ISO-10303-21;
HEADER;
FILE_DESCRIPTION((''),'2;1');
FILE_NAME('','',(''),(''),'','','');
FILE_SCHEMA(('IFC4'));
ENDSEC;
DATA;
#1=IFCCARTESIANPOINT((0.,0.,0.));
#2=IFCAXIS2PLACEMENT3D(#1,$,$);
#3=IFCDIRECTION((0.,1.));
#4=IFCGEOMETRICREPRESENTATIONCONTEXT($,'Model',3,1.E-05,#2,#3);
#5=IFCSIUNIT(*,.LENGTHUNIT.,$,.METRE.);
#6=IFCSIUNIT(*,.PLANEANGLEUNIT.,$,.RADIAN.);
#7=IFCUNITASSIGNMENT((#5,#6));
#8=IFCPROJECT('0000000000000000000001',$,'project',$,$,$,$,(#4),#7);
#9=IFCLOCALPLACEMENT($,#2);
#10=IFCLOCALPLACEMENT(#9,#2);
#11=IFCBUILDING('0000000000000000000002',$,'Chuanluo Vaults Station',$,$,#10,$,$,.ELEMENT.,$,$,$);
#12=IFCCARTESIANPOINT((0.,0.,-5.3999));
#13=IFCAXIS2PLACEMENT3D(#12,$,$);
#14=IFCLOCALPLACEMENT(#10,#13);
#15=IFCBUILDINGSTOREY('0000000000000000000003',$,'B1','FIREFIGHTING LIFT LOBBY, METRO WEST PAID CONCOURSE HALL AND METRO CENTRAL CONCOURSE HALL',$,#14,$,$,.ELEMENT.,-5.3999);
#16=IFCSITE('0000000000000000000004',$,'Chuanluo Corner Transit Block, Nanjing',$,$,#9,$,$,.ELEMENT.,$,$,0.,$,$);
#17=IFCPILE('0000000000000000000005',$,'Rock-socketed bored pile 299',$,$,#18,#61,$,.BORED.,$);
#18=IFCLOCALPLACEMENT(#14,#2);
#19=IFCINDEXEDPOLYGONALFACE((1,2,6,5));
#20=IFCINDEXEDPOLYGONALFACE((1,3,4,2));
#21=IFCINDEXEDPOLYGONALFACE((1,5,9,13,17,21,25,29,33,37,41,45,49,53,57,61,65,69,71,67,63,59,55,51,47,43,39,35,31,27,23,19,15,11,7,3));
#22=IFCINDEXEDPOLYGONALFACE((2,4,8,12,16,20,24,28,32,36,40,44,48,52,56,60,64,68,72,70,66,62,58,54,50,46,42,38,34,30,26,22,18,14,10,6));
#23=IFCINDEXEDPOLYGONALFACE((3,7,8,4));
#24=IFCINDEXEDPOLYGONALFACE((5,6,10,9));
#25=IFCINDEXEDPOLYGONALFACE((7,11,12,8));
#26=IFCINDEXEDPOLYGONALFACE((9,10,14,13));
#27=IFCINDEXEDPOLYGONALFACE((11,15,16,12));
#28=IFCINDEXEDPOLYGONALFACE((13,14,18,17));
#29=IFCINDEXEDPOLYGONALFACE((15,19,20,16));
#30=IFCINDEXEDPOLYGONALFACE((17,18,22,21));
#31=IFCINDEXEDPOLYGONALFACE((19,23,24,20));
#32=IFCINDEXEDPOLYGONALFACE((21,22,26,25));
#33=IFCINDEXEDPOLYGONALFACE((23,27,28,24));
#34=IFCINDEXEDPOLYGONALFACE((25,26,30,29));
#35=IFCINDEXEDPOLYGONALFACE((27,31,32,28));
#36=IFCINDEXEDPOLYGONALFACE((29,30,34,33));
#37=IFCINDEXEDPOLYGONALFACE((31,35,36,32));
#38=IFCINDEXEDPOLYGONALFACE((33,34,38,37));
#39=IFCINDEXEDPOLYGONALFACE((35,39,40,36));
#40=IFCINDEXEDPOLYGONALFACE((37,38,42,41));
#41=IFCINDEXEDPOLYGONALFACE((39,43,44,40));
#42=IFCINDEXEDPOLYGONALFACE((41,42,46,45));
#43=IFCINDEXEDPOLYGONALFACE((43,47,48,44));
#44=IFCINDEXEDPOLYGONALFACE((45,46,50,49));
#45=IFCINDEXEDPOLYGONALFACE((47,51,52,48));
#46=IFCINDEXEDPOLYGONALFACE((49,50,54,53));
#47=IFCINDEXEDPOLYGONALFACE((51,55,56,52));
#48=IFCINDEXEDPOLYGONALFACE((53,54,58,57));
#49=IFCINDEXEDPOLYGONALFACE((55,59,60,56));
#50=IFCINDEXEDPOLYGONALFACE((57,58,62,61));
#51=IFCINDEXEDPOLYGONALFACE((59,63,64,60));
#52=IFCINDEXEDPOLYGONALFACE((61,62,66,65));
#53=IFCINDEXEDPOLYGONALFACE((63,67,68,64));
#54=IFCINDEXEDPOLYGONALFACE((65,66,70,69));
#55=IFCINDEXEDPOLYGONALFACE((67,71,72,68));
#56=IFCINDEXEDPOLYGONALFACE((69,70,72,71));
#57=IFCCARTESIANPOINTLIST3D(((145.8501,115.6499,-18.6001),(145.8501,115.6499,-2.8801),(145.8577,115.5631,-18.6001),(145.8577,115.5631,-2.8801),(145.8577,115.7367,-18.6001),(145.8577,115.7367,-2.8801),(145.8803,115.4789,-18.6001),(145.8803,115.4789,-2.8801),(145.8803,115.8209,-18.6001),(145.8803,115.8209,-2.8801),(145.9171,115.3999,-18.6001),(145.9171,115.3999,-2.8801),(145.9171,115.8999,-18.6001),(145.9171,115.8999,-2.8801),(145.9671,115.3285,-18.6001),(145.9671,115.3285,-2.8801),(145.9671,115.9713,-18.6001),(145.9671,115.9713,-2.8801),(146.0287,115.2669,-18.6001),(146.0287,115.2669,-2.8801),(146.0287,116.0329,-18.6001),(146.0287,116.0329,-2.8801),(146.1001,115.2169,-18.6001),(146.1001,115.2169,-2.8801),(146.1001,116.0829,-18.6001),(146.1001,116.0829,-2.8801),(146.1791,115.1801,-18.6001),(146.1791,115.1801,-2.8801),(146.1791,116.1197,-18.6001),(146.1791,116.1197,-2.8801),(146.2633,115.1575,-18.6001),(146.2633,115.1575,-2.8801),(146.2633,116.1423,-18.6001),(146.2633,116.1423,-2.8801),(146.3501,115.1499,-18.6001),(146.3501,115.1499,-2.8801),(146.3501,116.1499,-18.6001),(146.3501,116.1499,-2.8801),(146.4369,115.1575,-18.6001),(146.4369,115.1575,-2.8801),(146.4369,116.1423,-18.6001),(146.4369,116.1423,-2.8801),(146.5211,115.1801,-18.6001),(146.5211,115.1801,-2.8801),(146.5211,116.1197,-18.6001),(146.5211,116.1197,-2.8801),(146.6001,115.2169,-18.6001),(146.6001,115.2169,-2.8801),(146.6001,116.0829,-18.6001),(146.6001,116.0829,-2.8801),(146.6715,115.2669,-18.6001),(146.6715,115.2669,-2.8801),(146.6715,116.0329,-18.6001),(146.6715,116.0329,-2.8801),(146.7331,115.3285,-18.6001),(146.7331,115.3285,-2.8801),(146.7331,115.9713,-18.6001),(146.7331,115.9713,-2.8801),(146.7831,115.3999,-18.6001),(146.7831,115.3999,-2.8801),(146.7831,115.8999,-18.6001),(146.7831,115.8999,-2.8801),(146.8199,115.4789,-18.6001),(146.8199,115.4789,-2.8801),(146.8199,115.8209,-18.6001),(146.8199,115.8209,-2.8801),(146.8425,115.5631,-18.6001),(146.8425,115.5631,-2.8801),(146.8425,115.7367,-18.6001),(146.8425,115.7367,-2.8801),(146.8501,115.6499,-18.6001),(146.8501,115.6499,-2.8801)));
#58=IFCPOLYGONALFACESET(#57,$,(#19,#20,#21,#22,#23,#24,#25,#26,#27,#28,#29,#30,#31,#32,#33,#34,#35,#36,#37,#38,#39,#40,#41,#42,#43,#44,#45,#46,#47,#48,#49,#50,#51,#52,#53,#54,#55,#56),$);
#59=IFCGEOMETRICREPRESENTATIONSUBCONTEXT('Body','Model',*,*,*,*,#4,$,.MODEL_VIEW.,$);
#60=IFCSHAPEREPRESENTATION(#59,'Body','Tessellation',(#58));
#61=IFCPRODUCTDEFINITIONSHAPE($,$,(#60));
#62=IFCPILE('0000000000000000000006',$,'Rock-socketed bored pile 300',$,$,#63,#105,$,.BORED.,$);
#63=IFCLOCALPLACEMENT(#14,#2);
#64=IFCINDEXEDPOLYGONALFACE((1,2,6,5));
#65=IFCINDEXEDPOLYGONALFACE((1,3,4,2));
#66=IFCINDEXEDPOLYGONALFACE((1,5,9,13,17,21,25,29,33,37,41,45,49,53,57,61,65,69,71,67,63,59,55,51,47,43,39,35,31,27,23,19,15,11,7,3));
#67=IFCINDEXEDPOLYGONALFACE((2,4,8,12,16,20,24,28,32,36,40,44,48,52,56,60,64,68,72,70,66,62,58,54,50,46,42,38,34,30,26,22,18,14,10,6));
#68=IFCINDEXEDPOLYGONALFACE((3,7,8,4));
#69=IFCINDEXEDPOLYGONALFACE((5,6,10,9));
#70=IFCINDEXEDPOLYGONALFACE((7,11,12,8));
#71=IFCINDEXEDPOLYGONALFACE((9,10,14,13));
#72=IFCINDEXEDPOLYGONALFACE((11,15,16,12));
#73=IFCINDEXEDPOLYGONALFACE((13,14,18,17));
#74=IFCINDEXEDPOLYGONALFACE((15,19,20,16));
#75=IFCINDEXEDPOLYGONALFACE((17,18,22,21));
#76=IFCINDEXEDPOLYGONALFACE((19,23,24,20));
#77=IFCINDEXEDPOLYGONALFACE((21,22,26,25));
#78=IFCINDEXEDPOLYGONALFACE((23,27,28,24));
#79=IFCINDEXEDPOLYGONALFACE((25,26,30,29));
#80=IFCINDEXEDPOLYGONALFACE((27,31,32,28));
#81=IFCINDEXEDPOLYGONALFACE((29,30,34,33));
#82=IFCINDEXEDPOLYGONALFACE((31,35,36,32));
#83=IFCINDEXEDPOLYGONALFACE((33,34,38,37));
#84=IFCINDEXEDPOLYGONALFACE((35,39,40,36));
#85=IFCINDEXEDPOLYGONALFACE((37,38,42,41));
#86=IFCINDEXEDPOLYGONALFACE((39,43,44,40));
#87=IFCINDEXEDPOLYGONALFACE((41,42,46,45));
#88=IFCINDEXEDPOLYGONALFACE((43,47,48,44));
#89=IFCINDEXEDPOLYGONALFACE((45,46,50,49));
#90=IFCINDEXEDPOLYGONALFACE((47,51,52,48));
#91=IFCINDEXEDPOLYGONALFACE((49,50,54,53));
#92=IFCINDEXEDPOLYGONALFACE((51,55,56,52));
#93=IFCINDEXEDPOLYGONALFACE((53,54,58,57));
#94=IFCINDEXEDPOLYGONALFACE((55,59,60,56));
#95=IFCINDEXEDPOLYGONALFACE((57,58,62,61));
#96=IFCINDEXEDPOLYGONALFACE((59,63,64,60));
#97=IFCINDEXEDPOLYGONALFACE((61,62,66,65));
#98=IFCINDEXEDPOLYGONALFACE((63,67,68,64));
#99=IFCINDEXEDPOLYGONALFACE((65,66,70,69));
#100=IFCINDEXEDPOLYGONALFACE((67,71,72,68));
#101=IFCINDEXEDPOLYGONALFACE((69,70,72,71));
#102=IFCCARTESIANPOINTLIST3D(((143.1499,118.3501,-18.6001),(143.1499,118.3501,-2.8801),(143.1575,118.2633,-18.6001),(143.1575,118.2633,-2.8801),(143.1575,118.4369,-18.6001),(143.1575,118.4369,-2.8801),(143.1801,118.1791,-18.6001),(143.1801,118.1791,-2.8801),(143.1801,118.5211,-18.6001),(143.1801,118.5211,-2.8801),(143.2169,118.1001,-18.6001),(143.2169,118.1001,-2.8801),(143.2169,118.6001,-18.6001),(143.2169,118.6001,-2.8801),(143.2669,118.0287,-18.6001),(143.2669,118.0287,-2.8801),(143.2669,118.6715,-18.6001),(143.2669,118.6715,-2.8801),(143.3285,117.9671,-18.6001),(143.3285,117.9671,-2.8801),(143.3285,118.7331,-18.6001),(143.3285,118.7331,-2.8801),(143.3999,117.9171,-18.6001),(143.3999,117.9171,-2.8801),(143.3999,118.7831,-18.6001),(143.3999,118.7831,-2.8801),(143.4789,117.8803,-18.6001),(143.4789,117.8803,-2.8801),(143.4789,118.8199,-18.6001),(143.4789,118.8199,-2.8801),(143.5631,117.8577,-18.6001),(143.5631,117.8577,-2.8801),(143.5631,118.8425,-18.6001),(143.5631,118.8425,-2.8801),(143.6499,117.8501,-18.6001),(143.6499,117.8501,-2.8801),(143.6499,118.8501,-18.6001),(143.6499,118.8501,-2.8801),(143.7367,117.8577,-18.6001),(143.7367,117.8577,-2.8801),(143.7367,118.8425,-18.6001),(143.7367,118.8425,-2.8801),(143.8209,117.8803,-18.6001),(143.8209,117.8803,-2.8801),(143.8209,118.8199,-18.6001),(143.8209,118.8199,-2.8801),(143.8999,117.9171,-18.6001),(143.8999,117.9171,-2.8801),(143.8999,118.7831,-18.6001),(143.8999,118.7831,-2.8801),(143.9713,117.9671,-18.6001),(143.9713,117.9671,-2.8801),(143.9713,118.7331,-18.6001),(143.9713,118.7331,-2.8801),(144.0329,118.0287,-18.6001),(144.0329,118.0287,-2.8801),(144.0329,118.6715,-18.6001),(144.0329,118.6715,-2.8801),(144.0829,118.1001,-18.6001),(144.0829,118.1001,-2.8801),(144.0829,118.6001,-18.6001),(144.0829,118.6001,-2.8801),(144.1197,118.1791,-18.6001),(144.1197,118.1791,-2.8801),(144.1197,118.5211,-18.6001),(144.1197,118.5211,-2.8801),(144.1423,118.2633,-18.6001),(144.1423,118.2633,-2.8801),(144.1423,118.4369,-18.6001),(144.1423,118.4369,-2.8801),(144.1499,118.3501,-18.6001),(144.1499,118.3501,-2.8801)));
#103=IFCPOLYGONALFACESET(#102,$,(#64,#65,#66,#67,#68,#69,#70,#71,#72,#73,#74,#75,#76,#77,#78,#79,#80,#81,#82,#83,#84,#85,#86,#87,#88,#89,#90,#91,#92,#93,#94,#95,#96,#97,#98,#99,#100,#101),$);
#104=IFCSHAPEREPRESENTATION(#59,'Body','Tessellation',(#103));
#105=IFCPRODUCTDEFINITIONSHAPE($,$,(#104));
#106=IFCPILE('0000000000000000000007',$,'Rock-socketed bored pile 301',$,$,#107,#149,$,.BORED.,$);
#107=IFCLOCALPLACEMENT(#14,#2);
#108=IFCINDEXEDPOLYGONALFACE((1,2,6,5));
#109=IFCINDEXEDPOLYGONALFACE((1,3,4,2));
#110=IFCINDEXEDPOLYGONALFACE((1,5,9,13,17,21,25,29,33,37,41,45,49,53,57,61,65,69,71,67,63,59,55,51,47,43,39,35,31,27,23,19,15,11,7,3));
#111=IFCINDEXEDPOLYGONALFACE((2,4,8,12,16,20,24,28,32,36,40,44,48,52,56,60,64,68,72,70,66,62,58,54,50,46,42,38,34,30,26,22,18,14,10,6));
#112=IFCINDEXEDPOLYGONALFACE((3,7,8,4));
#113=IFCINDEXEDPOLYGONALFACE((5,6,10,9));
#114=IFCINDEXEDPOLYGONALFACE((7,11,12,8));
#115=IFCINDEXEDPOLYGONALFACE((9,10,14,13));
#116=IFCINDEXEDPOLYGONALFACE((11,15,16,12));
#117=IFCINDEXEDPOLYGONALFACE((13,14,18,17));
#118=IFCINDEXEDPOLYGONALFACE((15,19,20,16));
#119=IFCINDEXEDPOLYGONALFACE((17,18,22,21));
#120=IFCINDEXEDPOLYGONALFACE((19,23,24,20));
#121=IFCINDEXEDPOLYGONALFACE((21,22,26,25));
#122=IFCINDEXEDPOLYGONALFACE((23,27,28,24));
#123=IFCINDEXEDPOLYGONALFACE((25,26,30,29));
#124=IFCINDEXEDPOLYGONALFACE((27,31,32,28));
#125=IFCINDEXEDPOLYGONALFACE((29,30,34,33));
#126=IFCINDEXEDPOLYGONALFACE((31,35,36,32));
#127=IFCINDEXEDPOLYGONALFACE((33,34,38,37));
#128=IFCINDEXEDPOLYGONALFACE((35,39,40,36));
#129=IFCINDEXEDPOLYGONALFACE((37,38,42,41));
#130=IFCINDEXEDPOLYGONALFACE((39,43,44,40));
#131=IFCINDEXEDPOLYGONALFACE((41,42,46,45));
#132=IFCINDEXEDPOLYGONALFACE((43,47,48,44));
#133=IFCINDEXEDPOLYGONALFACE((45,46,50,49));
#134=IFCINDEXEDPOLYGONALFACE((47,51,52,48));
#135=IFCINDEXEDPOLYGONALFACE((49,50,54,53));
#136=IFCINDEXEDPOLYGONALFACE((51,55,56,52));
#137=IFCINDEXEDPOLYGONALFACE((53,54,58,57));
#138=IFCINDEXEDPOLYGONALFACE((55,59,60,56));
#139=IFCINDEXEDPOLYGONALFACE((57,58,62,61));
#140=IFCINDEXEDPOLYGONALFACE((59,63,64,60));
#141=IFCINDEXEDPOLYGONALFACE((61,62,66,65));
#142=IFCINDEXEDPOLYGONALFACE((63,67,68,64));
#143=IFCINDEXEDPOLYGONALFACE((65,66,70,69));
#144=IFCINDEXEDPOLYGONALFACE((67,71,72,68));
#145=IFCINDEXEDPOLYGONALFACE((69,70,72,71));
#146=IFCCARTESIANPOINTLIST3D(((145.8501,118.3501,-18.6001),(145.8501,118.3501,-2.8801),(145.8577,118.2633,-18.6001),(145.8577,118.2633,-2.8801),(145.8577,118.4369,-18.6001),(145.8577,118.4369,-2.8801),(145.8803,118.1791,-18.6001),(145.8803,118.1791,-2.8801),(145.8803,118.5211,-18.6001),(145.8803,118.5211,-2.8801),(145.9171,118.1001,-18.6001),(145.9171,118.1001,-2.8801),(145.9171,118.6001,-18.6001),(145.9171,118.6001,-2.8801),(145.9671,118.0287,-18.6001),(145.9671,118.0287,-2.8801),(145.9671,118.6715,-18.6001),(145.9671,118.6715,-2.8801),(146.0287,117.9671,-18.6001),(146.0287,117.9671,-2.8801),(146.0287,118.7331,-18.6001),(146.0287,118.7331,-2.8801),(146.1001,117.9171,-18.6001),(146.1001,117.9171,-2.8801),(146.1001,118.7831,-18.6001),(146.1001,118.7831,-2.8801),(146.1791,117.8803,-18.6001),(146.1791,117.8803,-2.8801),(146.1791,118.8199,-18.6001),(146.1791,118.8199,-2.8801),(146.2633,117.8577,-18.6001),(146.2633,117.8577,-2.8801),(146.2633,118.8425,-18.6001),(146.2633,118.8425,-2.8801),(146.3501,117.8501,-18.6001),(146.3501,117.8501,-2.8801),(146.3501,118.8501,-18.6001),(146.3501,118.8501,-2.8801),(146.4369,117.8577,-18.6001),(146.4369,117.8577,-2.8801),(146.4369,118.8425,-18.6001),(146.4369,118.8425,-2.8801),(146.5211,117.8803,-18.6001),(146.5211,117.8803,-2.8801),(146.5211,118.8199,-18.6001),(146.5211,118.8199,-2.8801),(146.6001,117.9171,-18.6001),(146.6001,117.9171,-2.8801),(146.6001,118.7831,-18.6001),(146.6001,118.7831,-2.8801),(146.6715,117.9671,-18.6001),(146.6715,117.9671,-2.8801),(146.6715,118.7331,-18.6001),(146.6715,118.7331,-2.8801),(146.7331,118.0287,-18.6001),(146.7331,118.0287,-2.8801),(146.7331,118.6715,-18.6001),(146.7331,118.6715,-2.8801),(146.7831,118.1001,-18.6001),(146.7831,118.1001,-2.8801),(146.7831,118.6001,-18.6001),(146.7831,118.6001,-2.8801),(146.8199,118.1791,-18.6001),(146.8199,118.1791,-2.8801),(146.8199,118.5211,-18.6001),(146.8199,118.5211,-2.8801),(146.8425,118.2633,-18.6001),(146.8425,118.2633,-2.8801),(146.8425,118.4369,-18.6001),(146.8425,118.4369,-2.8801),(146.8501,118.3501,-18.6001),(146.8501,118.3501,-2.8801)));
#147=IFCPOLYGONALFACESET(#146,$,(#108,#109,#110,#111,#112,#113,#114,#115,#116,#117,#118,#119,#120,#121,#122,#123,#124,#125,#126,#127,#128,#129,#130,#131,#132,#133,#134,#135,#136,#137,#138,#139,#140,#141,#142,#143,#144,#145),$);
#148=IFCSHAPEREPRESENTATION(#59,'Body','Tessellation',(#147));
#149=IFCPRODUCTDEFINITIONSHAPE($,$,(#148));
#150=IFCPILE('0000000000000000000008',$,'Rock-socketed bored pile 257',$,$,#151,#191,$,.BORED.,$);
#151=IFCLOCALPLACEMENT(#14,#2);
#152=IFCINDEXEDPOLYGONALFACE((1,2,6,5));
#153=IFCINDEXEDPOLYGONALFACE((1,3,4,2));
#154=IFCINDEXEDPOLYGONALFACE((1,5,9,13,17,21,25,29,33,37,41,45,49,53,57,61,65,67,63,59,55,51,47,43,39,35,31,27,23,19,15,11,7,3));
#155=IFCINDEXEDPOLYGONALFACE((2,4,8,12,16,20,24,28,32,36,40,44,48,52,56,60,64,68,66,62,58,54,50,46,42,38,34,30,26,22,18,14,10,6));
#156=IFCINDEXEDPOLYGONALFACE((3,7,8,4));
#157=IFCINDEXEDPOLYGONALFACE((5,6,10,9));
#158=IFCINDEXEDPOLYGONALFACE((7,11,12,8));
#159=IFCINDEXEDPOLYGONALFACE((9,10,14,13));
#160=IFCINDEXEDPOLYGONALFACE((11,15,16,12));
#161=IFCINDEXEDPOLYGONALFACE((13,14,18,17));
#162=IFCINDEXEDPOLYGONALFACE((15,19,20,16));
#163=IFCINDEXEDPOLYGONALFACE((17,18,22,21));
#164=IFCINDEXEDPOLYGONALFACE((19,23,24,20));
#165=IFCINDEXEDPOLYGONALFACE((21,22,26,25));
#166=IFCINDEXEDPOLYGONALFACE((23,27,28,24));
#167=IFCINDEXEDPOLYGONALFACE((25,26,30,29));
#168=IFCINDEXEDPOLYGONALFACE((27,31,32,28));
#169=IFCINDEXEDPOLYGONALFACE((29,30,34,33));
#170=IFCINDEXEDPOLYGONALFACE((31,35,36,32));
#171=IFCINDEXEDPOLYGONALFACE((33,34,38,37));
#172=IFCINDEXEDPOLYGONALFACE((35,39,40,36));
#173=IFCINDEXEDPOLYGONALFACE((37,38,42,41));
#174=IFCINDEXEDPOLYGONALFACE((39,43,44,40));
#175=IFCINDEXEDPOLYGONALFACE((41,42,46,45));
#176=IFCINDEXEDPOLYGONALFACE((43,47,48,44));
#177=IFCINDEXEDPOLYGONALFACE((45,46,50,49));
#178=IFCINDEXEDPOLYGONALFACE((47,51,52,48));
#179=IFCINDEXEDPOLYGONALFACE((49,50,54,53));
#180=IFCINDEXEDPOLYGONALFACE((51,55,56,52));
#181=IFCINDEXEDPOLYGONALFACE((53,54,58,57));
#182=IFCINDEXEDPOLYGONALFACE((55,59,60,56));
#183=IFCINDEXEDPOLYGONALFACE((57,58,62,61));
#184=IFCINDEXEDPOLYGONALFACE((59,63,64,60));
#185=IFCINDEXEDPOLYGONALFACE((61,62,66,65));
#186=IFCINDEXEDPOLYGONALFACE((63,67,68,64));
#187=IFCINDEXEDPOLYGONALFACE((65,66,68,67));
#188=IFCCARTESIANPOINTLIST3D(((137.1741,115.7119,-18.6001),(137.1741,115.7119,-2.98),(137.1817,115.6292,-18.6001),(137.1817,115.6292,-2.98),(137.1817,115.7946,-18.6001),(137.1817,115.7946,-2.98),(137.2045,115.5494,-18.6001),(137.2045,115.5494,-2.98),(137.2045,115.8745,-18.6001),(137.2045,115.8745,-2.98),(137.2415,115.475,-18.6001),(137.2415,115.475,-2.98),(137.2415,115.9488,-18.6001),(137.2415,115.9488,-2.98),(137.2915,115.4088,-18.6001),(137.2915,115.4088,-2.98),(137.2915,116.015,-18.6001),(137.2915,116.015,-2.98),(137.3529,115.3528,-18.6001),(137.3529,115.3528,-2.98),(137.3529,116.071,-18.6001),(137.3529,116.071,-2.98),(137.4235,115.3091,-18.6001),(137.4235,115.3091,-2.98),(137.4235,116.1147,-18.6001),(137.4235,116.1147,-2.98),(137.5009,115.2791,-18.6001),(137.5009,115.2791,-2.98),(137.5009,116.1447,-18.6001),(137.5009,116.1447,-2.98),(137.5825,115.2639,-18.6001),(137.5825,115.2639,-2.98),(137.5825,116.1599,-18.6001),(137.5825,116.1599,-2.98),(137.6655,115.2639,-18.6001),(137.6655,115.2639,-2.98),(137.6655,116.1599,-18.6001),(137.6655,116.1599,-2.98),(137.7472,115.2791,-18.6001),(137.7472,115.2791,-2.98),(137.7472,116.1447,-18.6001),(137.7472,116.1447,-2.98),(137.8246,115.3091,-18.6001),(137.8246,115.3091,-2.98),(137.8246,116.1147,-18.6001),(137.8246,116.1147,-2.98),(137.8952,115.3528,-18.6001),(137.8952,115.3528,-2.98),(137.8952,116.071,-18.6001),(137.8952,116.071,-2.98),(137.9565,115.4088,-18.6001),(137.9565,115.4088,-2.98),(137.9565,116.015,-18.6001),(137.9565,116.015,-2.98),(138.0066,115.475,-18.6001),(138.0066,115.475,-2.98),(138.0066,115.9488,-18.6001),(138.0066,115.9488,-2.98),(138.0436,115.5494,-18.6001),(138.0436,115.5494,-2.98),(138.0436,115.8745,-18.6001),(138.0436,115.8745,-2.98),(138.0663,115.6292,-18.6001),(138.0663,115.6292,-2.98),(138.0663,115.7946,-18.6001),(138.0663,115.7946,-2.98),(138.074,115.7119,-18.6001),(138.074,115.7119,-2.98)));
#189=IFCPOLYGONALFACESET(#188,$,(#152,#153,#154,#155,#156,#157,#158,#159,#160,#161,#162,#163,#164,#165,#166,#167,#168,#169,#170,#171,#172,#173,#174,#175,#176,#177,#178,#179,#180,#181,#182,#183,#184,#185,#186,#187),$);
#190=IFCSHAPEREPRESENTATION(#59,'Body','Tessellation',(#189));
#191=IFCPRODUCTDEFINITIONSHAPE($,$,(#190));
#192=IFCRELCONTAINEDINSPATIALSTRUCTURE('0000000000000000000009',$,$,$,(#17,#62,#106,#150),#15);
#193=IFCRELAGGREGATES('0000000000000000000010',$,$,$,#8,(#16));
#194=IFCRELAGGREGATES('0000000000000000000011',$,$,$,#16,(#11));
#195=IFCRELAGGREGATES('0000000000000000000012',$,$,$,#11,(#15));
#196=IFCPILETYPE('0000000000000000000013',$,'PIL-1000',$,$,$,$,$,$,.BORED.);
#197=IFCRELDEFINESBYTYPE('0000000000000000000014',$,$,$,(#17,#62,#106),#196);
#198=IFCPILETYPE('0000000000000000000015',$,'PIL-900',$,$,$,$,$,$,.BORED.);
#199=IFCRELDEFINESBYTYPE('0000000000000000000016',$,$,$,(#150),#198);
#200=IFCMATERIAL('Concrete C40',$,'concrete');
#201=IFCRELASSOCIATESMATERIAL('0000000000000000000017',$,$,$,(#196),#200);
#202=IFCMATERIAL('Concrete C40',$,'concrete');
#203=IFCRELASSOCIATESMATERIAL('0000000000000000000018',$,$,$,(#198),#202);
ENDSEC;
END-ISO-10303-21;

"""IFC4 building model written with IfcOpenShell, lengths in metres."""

from ifc_helpers import new_model, si_unit, direction, frame, origin, origin_2d, place, context, subcontext, project, spatial, circle, extrude, material, material_profile, profile_set, type_object, element, save


model = new_model("IFC4")

# Units and contexts
model_context = context("Model", 3, precision=1e-05, world=origin(), true_north=direction((0.0, 1.0)))
body_context = subcontext(model_context, "Body", "Model", "MODEL_VIEW")
ifc_project = project(units=[si_unit("LENGTHUNIT", "METRE"), si_unit("PLANEANGLEUNIT", "RADIAN")], contexts=[model_context])

# Site, building, storey
site_placement = place(None, origin())
site = spatial("IfcSite", under=ifc_project, at=site_placement, Name="Chuanluo Corner Transit Block, Nanjing", CompositionType="ELEMENT", RefElevation=0.0)
building_placement = place(site_placement, origin())
building = spatial("IfcBuilding", under=site, at=building_placement, Name="Chuanluo Vaults Station", CompositionType="ELEMENT")
storey_placement = place(building_placement, frame((0.0, 0.0, -5.3999)))
storey = spatial("IfcBuildingStorey", under=building, at=storey_placement, Name="B1", Description="FIREFIGHTING LIFT LOBBY, METRO WEST PAID CONCOURSE HALL AND METRO CENTRAL CONCOURSE HALL", CompositionType="ELEMENT", Elevation=-5.3999)

# Piles
ifc_material_1 = material(Name="Concrete C40", Category="concrete")
ifc_material_profile_1 = material_profile(ifc_material_1, circle(Radius=0.5, at=origin_2d()))
ifc_profile_set_1 = profile_set([ifc_material_profile_1], Name="Concrete C40")
pile_type_1 = type_object("IfcPileType", Name="PIL-1000", PredefinedType="BORED", material=ifc_profile_set_1)
for number, where, z_axis, x_axis, name in (
    (1, (146.3501, 115.6499, -2.8801), (0.0, 0.0, -1.0), (1.0, 0.0, 0.0), "Rock-socketed bored pile 299"),
    (2, (143.6499, 118.3501, -2.8801), (0.0, 0.0, -1.0), (1.0, 0.0, 0.0), "Rock-socketed bored pile 300"),
    (3, (146.3501, 118.3501, -2.8801), (0.0, 0.0, -1.0), (1.0, 0.0, 0.0), "Rock-socketed bored pile 301"),
):
    element("IfcPile", number, at=place(storey_placement, frame(where, z_axis=z_axis, x_axis=x_axis)), inside=storey, type_object=pile_type_1, Name=name, PredefinedType="BORED", context=body_context, shape_type="SweptSolid", body=[
        extrude(circle(Radius=0.5, at=origin_2d()), origin(), (0.0, 0.0, 1.0), 15.72),
    ])
ifc_material_2 = material(Name="Concrete C40", Category="concrete")
ifc_material_profile_2 = material_profile(ifc_material_2, circle(Radius=0.45, at=origin_2d()))
ifc_profile_set_2 = profile_set([ifc_material_profile_2], Name="Concrete C40")
pile_type_2 = type_object("IfcPileType", Name="PIL-900", PredefinedType="BORED", material=ifc_profile_set_2)
for number, where, z_axis, x_axis, name in (
    (4, (137.624, 115.7119, -2.98), (0.0, 0.0, -1.0), (1.0, 0.0, 0.0), "Rock-socketed bored pile 257"),
):
    element("IfcPile", number, at=place(storey_placement, frame(where, z_axis=z_axis, x_axis=x_axis)), inside=storey, type_object=pile_type_2, Name=name, PredefinedType="BORED", context=body_context, shape_type="SweptSolid", body=[
        extrude(circle(Radius=0.45, at=origin_2d()), origin(), (0.0, 0.0, 1.0), 15.6201),
    ])

save(model, "model.ifc")
